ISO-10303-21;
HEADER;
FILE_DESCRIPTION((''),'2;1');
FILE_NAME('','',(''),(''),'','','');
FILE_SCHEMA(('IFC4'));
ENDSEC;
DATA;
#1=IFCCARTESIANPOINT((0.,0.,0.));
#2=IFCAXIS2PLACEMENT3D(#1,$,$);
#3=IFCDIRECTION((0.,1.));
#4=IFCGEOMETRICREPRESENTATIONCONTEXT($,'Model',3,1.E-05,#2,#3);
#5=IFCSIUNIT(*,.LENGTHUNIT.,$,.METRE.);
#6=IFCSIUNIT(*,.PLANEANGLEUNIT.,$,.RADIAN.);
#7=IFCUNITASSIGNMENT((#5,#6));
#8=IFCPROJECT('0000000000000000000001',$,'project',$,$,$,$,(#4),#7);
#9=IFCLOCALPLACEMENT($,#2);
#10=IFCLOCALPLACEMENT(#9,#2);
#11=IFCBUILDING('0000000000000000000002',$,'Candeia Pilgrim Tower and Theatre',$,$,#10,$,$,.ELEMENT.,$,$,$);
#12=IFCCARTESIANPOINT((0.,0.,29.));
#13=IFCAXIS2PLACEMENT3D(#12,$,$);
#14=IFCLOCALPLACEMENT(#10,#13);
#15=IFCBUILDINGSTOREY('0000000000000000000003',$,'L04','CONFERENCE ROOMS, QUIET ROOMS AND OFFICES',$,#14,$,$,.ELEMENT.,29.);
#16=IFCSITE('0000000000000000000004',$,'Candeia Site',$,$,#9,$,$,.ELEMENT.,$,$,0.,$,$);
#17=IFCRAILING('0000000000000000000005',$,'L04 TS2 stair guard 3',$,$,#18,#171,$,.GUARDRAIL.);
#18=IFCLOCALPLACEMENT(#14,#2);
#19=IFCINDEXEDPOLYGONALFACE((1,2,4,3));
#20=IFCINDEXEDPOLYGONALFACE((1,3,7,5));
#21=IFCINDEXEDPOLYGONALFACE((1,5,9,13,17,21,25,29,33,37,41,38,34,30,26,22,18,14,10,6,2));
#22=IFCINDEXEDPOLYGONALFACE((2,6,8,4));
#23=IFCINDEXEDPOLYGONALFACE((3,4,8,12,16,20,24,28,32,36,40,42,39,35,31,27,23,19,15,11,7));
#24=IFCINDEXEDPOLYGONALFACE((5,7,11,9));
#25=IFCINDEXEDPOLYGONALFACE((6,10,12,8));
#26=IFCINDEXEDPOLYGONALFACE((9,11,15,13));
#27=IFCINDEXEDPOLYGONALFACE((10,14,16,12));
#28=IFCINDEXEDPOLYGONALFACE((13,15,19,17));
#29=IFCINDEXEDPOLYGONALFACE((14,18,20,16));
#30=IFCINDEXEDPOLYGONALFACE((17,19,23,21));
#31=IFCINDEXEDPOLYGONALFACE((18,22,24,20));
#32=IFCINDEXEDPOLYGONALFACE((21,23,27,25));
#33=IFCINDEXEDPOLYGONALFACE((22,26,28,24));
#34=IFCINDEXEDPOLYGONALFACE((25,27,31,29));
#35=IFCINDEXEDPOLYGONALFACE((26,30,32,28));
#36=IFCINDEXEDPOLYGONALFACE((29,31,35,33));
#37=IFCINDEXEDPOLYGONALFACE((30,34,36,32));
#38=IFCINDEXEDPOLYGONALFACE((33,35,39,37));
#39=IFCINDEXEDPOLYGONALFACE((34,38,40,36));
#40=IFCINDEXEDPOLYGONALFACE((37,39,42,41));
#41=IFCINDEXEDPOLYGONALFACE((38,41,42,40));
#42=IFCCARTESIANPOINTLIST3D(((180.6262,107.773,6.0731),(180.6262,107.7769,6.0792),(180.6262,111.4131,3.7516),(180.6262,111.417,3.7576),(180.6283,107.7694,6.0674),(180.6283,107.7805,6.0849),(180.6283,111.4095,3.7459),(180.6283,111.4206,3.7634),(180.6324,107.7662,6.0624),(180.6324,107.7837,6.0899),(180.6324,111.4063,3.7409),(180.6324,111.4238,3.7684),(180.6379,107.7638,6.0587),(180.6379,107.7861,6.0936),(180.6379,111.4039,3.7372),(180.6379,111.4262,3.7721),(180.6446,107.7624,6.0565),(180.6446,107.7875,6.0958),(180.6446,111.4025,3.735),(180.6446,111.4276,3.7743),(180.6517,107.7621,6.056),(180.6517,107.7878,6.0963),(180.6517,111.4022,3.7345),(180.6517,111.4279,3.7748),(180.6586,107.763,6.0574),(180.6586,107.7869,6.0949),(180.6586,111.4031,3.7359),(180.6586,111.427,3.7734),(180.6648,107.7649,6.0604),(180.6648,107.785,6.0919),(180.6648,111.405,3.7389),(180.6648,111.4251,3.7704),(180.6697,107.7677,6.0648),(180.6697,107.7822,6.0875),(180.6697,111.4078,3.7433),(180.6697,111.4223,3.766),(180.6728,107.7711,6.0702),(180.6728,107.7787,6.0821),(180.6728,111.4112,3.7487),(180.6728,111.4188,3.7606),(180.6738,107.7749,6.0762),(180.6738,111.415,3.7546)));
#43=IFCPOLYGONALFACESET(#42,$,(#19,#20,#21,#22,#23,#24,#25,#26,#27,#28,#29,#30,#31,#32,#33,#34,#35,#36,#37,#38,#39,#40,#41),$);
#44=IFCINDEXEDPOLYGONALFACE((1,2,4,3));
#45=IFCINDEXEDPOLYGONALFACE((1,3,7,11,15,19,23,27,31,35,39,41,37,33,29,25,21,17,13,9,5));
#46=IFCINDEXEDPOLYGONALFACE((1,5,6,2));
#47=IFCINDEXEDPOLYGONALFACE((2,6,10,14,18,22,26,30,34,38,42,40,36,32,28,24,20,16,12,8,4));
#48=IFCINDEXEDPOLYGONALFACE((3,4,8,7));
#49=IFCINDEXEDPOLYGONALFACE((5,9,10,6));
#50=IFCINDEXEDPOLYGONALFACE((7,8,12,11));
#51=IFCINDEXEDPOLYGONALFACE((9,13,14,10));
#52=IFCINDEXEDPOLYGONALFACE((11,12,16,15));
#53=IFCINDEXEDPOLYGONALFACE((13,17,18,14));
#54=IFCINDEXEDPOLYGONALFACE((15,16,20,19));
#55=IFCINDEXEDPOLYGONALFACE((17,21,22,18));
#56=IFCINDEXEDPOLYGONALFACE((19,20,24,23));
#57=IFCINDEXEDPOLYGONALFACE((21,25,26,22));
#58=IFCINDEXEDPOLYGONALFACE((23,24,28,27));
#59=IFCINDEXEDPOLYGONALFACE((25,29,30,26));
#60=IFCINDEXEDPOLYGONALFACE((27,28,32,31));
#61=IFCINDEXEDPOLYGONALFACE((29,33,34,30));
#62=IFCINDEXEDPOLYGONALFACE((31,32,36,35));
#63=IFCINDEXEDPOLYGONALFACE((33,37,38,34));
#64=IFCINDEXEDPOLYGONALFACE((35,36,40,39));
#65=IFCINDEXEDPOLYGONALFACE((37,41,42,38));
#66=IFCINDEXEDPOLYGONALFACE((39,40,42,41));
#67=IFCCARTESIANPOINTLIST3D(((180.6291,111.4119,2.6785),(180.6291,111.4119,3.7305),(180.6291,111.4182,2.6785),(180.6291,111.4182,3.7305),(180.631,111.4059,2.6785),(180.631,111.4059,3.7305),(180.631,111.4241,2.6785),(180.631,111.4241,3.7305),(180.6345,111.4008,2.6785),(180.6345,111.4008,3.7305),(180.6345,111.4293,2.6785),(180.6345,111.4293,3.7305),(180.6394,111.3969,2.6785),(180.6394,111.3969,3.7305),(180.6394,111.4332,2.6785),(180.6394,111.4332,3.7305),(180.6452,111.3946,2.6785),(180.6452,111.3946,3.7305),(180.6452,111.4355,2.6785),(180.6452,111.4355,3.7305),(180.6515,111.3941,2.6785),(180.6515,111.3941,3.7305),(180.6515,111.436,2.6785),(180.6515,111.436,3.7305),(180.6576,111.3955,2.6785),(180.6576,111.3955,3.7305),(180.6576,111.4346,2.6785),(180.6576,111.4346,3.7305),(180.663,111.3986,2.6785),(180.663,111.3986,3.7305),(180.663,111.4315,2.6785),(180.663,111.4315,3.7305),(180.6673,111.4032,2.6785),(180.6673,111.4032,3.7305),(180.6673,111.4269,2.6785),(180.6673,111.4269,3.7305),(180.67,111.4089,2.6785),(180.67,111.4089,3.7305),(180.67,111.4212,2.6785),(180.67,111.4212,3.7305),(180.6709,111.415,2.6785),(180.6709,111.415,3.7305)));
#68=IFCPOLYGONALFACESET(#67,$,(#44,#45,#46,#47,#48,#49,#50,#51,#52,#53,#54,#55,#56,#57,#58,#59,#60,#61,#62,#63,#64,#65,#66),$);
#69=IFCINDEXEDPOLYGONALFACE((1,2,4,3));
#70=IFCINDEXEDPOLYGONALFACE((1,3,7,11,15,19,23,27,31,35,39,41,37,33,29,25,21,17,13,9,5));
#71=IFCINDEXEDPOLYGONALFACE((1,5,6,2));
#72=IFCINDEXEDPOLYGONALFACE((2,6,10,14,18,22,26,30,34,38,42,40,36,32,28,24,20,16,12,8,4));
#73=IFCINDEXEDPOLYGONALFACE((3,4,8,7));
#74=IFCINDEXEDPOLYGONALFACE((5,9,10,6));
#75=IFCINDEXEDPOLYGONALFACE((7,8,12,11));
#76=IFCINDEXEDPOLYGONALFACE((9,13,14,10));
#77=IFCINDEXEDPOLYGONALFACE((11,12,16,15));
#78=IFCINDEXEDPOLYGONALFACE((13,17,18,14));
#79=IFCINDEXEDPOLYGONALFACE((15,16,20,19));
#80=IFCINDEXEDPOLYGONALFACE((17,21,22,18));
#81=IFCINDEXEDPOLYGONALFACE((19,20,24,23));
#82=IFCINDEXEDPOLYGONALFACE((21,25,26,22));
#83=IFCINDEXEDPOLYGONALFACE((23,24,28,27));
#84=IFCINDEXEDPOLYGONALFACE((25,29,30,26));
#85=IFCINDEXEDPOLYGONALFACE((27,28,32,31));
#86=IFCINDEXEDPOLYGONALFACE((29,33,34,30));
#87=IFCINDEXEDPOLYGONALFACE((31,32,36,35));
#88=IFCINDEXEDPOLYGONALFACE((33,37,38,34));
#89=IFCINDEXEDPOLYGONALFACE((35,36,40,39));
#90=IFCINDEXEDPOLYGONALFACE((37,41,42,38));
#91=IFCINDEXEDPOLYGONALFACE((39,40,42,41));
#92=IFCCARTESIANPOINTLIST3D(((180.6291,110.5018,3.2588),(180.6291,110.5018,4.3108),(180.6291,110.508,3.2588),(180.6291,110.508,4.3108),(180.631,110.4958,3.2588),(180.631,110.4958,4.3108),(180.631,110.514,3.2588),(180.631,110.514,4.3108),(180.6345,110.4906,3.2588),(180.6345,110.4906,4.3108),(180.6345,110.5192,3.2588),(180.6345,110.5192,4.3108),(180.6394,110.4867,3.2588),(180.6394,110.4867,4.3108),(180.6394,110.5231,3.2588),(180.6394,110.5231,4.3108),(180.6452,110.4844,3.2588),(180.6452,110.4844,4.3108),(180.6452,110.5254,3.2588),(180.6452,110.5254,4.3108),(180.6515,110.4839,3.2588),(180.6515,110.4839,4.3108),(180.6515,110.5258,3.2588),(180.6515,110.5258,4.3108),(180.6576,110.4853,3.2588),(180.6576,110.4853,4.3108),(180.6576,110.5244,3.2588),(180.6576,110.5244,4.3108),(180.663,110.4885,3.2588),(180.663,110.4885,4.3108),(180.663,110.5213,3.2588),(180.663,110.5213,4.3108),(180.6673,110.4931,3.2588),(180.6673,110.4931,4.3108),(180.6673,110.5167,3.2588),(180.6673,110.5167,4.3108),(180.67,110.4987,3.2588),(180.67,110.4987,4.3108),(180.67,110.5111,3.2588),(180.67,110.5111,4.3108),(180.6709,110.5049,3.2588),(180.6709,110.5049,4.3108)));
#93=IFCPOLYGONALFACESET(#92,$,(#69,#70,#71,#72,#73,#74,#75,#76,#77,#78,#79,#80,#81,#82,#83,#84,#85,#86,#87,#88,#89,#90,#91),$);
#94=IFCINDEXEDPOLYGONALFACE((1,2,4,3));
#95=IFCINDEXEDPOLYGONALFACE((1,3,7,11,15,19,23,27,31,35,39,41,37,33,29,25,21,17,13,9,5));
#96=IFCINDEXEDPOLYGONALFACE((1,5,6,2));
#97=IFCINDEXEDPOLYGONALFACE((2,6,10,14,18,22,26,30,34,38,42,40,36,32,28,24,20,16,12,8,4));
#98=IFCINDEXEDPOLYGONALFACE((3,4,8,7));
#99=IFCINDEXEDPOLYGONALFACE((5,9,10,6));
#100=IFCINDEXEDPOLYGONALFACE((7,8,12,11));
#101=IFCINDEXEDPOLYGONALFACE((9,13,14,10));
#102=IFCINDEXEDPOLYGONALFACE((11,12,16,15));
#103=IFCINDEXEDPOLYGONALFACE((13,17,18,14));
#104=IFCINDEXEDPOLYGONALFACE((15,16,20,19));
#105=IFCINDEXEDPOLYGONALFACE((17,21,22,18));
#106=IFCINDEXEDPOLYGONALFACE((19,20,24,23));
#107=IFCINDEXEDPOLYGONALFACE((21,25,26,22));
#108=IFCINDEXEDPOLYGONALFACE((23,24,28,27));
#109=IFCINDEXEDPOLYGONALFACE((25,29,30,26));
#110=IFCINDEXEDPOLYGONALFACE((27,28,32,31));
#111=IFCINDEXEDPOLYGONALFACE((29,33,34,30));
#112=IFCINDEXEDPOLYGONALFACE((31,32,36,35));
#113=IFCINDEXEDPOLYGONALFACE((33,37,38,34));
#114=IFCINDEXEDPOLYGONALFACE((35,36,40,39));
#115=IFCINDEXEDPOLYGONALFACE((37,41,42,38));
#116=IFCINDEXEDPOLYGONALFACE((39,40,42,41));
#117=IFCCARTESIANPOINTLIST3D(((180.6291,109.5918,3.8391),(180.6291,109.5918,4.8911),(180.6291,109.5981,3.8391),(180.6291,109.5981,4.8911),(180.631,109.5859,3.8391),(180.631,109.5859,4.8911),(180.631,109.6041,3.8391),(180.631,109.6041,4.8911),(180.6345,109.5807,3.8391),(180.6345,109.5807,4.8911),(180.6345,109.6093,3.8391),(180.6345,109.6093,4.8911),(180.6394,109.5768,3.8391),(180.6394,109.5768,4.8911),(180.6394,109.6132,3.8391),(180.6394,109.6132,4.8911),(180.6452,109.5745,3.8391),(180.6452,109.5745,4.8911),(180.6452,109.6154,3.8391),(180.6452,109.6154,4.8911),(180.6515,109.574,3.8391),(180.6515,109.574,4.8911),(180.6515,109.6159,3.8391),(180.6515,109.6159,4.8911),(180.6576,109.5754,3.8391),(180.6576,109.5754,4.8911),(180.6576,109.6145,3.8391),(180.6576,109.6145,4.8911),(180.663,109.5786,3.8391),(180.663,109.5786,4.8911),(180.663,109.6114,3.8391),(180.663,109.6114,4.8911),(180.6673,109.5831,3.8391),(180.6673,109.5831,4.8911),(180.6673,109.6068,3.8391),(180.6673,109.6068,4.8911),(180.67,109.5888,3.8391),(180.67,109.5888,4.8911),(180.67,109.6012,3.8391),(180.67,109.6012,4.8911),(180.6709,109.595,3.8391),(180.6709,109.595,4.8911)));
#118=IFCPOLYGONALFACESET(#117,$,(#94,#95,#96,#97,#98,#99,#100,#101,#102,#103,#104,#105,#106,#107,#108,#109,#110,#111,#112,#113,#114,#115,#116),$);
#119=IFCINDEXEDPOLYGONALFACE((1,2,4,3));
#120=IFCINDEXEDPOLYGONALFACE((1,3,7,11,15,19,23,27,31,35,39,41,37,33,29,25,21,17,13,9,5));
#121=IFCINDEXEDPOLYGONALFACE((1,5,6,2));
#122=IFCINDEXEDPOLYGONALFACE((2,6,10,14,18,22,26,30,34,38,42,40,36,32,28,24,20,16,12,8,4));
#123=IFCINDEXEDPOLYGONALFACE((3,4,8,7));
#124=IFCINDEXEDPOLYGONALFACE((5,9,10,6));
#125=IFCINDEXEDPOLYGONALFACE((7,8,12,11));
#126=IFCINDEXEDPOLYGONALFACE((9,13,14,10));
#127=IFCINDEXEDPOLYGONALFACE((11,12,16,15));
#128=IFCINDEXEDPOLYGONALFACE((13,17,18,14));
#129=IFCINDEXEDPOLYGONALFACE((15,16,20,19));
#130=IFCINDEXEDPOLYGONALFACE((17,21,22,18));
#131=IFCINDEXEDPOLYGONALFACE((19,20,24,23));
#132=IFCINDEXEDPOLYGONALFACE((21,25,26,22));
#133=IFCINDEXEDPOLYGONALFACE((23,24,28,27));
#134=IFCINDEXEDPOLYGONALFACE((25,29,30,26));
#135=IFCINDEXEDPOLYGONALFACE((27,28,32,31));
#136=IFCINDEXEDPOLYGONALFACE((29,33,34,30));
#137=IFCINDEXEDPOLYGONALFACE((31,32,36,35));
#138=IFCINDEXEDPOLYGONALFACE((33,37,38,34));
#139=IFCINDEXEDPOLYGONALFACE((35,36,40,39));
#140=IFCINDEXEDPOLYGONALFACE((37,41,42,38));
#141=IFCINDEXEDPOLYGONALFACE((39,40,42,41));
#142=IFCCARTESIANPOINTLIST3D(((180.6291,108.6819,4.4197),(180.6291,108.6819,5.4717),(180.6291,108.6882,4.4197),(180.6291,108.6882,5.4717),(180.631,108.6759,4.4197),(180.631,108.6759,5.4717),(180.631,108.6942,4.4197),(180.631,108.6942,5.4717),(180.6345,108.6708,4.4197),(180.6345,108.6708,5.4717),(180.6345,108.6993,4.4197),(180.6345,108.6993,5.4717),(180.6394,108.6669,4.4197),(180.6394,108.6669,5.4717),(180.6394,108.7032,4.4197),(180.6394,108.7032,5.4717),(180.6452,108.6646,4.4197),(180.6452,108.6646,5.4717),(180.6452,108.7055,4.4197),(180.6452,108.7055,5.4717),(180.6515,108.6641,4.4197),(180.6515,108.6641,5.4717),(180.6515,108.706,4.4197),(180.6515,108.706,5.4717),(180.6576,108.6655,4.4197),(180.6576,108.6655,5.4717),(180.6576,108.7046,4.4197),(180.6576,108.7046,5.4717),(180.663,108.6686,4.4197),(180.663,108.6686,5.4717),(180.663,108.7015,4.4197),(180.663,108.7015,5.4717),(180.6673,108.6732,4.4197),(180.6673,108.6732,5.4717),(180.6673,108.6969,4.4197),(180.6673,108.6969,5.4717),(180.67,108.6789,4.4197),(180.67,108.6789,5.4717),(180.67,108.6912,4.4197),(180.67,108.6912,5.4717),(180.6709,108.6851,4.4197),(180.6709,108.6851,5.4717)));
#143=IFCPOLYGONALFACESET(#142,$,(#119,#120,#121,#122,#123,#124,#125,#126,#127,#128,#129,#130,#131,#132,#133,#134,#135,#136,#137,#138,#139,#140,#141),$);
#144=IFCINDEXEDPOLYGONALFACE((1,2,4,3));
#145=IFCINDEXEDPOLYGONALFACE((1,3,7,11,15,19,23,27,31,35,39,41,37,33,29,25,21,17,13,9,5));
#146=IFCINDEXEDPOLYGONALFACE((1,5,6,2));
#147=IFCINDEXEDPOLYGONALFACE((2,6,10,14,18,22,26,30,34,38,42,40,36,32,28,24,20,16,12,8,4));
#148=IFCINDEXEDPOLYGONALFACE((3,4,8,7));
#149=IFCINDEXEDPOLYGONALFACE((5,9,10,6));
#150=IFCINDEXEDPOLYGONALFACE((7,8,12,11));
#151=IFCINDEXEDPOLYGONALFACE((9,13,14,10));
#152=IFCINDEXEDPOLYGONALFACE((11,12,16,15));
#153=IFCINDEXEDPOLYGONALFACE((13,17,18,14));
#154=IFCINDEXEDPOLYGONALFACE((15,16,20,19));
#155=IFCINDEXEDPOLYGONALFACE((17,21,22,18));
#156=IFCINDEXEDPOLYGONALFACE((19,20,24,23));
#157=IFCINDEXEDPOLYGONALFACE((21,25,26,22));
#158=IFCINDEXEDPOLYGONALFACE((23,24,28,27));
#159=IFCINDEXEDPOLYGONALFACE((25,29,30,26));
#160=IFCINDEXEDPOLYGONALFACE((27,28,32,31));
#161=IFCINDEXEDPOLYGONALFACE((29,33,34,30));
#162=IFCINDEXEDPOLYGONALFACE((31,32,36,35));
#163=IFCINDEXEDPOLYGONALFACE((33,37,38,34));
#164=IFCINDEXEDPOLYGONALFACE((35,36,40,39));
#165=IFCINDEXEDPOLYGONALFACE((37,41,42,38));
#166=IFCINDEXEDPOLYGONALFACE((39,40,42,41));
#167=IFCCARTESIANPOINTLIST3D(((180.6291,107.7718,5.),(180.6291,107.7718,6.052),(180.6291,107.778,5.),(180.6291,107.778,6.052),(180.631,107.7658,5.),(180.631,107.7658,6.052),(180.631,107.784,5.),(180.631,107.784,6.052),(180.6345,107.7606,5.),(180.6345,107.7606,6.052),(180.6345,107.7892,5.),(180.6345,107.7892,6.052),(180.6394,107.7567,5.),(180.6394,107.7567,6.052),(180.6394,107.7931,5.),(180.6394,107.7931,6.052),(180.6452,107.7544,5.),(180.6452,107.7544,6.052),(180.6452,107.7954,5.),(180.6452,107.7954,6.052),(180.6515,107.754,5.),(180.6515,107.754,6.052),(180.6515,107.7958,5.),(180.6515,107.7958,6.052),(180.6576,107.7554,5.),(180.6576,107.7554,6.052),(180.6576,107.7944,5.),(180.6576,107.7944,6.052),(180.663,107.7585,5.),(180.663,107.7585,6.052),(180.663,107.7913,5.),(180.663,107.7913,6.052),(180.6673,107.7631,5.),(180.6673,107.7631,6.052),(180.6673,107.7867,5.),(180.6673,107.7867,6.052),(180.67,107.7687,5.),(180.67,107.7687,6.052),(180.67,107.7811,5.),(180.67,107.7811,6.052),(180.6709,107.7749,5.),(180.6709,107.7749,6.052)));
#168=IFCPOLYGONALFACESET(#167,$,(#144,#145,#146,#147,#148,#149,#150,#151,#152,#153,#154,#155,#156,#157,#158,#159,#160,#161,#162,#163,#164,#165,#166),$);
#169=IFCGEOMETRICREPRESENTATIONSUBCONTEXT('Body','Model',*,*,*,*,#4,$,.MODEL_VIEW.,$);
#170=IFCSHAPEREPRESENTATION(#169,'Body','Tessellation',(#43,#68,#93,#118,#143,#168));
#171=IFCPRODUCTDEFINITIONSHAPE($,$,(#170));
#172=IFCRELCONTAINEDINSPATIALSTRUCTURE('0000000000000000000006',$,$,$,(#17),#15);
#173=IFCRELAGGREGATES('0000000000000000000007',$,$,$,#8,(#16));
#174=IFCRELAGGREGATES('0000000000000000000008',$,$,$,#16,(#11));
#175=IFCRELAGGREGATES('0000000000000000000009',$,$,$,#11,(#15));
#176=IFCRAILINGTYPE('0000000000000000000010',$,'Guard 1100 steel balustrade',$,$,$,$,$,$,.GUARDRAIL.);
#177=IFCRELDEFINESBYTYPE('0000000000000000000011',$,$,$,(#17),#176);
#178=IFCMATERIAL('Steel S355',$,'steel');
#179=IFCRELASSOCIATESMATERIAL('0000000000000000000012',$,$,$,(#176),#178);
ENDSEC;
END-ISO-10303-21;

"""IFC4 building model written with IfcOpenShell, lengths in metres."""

from ifc_helpers import new_model, si_unit, direction, frame, origin, origin_2d, place, context, subcontext, project, spatial, circle, extrude, material, type_object, element, save


model = new_model("IFC4")

# Units and contexts
model_context = context("Model", 3, precision=1e-05, world=origin(), true_north=direction((0.0, 1.0)))
body_context = subcontext(model_context, "Body", "Model", "MODEL_VIEW")
ifc_project = project(units=[si_unit("LENGTHUNIT", "METRE"), si_unit("PLANEANGLEUNIT", "RADIAN")], contexts=[model_context])

# Site, building, storey
site_placement = place(None, origin())
site = spatial("IfcSite", under=ifc_project, at=site_placement, Name="Candeia Site", CompositionType="ELEMENT", RefElevation=0.0)
building_placement = place(site_placement, origin())
building = spatial("IfcBuilding", under=site, at=building_placement, Name="Candeia Pilgrim Tower and Theatre", CompositionType="ELEMENT")
storey_placement = place(building_placement, frame((0.0, 0.0, 29.0)))
storey = spatial("IfcBuildingStorey", under=building, at=storey_placement, Name="L04", Description="CONFERENCE ROOMS, QUIET ROOMS AND OFFICES", CompositionType="ELEMENT", Elevation=29.0)

# Railing
ifc_material_1 = material(Name="Steel S355", Category="steel")
railing_type_1 = type_object("IfcRailingType", Name="Guard 1100 steel balustrade", PredefinedType="GUARDRAIL", material=ifc_material_1)
railing_1_placement = place(storey_placement, frame((180.6499, 111.415, 2.6785)))
element("IfcRailing", 1, at=railing_1_placement, inside=storey, type_object=railing_type_1, Name="L04 TS2 stair guard 3", PredefinedType="GUARDRAIL", context=body_context, shape_type="SweptSolid", body=[
    extrude(circle(Radius=0.0239, at=origin_2d()), frame((0.0, 0.0, 1.0762), z_axis=(0.0, -0.843128, 0.537713), x_axis=(1.0, 0.0, 0.0)), (0.0, 0.0, 1.0), 4.3174),
    extrude(circle(Radius=0.021, at=origin_2d()), origin(), (0.0, 0.0, 1.0), 1.052),
    extrude(circle(Radius=0.021, at=origin_2d()), frame((0.0, -0.9102, 0.5803)), (0.0, 0.0, 1.0), 1.052),
    extrude(circle(Radius=0.021, at=origin_2d()), frame((0.0, -1.8201, 1.1606)), (0.0, 0.0, 1.0), 1.052),
    extrude(circle(Radius=0.021, at=origin_2d()), frame((0.0, -2.73, 1.7412)), (0.0, 0.0, 1.0), 1.052),
    extrude(circle(Radius=0.021, at=origin_2d()), frame((0.0, -3.6401, 2.3215)), (0.0, 0.0, 1.0), 1.052),
])

save(model, "model.ifc")
